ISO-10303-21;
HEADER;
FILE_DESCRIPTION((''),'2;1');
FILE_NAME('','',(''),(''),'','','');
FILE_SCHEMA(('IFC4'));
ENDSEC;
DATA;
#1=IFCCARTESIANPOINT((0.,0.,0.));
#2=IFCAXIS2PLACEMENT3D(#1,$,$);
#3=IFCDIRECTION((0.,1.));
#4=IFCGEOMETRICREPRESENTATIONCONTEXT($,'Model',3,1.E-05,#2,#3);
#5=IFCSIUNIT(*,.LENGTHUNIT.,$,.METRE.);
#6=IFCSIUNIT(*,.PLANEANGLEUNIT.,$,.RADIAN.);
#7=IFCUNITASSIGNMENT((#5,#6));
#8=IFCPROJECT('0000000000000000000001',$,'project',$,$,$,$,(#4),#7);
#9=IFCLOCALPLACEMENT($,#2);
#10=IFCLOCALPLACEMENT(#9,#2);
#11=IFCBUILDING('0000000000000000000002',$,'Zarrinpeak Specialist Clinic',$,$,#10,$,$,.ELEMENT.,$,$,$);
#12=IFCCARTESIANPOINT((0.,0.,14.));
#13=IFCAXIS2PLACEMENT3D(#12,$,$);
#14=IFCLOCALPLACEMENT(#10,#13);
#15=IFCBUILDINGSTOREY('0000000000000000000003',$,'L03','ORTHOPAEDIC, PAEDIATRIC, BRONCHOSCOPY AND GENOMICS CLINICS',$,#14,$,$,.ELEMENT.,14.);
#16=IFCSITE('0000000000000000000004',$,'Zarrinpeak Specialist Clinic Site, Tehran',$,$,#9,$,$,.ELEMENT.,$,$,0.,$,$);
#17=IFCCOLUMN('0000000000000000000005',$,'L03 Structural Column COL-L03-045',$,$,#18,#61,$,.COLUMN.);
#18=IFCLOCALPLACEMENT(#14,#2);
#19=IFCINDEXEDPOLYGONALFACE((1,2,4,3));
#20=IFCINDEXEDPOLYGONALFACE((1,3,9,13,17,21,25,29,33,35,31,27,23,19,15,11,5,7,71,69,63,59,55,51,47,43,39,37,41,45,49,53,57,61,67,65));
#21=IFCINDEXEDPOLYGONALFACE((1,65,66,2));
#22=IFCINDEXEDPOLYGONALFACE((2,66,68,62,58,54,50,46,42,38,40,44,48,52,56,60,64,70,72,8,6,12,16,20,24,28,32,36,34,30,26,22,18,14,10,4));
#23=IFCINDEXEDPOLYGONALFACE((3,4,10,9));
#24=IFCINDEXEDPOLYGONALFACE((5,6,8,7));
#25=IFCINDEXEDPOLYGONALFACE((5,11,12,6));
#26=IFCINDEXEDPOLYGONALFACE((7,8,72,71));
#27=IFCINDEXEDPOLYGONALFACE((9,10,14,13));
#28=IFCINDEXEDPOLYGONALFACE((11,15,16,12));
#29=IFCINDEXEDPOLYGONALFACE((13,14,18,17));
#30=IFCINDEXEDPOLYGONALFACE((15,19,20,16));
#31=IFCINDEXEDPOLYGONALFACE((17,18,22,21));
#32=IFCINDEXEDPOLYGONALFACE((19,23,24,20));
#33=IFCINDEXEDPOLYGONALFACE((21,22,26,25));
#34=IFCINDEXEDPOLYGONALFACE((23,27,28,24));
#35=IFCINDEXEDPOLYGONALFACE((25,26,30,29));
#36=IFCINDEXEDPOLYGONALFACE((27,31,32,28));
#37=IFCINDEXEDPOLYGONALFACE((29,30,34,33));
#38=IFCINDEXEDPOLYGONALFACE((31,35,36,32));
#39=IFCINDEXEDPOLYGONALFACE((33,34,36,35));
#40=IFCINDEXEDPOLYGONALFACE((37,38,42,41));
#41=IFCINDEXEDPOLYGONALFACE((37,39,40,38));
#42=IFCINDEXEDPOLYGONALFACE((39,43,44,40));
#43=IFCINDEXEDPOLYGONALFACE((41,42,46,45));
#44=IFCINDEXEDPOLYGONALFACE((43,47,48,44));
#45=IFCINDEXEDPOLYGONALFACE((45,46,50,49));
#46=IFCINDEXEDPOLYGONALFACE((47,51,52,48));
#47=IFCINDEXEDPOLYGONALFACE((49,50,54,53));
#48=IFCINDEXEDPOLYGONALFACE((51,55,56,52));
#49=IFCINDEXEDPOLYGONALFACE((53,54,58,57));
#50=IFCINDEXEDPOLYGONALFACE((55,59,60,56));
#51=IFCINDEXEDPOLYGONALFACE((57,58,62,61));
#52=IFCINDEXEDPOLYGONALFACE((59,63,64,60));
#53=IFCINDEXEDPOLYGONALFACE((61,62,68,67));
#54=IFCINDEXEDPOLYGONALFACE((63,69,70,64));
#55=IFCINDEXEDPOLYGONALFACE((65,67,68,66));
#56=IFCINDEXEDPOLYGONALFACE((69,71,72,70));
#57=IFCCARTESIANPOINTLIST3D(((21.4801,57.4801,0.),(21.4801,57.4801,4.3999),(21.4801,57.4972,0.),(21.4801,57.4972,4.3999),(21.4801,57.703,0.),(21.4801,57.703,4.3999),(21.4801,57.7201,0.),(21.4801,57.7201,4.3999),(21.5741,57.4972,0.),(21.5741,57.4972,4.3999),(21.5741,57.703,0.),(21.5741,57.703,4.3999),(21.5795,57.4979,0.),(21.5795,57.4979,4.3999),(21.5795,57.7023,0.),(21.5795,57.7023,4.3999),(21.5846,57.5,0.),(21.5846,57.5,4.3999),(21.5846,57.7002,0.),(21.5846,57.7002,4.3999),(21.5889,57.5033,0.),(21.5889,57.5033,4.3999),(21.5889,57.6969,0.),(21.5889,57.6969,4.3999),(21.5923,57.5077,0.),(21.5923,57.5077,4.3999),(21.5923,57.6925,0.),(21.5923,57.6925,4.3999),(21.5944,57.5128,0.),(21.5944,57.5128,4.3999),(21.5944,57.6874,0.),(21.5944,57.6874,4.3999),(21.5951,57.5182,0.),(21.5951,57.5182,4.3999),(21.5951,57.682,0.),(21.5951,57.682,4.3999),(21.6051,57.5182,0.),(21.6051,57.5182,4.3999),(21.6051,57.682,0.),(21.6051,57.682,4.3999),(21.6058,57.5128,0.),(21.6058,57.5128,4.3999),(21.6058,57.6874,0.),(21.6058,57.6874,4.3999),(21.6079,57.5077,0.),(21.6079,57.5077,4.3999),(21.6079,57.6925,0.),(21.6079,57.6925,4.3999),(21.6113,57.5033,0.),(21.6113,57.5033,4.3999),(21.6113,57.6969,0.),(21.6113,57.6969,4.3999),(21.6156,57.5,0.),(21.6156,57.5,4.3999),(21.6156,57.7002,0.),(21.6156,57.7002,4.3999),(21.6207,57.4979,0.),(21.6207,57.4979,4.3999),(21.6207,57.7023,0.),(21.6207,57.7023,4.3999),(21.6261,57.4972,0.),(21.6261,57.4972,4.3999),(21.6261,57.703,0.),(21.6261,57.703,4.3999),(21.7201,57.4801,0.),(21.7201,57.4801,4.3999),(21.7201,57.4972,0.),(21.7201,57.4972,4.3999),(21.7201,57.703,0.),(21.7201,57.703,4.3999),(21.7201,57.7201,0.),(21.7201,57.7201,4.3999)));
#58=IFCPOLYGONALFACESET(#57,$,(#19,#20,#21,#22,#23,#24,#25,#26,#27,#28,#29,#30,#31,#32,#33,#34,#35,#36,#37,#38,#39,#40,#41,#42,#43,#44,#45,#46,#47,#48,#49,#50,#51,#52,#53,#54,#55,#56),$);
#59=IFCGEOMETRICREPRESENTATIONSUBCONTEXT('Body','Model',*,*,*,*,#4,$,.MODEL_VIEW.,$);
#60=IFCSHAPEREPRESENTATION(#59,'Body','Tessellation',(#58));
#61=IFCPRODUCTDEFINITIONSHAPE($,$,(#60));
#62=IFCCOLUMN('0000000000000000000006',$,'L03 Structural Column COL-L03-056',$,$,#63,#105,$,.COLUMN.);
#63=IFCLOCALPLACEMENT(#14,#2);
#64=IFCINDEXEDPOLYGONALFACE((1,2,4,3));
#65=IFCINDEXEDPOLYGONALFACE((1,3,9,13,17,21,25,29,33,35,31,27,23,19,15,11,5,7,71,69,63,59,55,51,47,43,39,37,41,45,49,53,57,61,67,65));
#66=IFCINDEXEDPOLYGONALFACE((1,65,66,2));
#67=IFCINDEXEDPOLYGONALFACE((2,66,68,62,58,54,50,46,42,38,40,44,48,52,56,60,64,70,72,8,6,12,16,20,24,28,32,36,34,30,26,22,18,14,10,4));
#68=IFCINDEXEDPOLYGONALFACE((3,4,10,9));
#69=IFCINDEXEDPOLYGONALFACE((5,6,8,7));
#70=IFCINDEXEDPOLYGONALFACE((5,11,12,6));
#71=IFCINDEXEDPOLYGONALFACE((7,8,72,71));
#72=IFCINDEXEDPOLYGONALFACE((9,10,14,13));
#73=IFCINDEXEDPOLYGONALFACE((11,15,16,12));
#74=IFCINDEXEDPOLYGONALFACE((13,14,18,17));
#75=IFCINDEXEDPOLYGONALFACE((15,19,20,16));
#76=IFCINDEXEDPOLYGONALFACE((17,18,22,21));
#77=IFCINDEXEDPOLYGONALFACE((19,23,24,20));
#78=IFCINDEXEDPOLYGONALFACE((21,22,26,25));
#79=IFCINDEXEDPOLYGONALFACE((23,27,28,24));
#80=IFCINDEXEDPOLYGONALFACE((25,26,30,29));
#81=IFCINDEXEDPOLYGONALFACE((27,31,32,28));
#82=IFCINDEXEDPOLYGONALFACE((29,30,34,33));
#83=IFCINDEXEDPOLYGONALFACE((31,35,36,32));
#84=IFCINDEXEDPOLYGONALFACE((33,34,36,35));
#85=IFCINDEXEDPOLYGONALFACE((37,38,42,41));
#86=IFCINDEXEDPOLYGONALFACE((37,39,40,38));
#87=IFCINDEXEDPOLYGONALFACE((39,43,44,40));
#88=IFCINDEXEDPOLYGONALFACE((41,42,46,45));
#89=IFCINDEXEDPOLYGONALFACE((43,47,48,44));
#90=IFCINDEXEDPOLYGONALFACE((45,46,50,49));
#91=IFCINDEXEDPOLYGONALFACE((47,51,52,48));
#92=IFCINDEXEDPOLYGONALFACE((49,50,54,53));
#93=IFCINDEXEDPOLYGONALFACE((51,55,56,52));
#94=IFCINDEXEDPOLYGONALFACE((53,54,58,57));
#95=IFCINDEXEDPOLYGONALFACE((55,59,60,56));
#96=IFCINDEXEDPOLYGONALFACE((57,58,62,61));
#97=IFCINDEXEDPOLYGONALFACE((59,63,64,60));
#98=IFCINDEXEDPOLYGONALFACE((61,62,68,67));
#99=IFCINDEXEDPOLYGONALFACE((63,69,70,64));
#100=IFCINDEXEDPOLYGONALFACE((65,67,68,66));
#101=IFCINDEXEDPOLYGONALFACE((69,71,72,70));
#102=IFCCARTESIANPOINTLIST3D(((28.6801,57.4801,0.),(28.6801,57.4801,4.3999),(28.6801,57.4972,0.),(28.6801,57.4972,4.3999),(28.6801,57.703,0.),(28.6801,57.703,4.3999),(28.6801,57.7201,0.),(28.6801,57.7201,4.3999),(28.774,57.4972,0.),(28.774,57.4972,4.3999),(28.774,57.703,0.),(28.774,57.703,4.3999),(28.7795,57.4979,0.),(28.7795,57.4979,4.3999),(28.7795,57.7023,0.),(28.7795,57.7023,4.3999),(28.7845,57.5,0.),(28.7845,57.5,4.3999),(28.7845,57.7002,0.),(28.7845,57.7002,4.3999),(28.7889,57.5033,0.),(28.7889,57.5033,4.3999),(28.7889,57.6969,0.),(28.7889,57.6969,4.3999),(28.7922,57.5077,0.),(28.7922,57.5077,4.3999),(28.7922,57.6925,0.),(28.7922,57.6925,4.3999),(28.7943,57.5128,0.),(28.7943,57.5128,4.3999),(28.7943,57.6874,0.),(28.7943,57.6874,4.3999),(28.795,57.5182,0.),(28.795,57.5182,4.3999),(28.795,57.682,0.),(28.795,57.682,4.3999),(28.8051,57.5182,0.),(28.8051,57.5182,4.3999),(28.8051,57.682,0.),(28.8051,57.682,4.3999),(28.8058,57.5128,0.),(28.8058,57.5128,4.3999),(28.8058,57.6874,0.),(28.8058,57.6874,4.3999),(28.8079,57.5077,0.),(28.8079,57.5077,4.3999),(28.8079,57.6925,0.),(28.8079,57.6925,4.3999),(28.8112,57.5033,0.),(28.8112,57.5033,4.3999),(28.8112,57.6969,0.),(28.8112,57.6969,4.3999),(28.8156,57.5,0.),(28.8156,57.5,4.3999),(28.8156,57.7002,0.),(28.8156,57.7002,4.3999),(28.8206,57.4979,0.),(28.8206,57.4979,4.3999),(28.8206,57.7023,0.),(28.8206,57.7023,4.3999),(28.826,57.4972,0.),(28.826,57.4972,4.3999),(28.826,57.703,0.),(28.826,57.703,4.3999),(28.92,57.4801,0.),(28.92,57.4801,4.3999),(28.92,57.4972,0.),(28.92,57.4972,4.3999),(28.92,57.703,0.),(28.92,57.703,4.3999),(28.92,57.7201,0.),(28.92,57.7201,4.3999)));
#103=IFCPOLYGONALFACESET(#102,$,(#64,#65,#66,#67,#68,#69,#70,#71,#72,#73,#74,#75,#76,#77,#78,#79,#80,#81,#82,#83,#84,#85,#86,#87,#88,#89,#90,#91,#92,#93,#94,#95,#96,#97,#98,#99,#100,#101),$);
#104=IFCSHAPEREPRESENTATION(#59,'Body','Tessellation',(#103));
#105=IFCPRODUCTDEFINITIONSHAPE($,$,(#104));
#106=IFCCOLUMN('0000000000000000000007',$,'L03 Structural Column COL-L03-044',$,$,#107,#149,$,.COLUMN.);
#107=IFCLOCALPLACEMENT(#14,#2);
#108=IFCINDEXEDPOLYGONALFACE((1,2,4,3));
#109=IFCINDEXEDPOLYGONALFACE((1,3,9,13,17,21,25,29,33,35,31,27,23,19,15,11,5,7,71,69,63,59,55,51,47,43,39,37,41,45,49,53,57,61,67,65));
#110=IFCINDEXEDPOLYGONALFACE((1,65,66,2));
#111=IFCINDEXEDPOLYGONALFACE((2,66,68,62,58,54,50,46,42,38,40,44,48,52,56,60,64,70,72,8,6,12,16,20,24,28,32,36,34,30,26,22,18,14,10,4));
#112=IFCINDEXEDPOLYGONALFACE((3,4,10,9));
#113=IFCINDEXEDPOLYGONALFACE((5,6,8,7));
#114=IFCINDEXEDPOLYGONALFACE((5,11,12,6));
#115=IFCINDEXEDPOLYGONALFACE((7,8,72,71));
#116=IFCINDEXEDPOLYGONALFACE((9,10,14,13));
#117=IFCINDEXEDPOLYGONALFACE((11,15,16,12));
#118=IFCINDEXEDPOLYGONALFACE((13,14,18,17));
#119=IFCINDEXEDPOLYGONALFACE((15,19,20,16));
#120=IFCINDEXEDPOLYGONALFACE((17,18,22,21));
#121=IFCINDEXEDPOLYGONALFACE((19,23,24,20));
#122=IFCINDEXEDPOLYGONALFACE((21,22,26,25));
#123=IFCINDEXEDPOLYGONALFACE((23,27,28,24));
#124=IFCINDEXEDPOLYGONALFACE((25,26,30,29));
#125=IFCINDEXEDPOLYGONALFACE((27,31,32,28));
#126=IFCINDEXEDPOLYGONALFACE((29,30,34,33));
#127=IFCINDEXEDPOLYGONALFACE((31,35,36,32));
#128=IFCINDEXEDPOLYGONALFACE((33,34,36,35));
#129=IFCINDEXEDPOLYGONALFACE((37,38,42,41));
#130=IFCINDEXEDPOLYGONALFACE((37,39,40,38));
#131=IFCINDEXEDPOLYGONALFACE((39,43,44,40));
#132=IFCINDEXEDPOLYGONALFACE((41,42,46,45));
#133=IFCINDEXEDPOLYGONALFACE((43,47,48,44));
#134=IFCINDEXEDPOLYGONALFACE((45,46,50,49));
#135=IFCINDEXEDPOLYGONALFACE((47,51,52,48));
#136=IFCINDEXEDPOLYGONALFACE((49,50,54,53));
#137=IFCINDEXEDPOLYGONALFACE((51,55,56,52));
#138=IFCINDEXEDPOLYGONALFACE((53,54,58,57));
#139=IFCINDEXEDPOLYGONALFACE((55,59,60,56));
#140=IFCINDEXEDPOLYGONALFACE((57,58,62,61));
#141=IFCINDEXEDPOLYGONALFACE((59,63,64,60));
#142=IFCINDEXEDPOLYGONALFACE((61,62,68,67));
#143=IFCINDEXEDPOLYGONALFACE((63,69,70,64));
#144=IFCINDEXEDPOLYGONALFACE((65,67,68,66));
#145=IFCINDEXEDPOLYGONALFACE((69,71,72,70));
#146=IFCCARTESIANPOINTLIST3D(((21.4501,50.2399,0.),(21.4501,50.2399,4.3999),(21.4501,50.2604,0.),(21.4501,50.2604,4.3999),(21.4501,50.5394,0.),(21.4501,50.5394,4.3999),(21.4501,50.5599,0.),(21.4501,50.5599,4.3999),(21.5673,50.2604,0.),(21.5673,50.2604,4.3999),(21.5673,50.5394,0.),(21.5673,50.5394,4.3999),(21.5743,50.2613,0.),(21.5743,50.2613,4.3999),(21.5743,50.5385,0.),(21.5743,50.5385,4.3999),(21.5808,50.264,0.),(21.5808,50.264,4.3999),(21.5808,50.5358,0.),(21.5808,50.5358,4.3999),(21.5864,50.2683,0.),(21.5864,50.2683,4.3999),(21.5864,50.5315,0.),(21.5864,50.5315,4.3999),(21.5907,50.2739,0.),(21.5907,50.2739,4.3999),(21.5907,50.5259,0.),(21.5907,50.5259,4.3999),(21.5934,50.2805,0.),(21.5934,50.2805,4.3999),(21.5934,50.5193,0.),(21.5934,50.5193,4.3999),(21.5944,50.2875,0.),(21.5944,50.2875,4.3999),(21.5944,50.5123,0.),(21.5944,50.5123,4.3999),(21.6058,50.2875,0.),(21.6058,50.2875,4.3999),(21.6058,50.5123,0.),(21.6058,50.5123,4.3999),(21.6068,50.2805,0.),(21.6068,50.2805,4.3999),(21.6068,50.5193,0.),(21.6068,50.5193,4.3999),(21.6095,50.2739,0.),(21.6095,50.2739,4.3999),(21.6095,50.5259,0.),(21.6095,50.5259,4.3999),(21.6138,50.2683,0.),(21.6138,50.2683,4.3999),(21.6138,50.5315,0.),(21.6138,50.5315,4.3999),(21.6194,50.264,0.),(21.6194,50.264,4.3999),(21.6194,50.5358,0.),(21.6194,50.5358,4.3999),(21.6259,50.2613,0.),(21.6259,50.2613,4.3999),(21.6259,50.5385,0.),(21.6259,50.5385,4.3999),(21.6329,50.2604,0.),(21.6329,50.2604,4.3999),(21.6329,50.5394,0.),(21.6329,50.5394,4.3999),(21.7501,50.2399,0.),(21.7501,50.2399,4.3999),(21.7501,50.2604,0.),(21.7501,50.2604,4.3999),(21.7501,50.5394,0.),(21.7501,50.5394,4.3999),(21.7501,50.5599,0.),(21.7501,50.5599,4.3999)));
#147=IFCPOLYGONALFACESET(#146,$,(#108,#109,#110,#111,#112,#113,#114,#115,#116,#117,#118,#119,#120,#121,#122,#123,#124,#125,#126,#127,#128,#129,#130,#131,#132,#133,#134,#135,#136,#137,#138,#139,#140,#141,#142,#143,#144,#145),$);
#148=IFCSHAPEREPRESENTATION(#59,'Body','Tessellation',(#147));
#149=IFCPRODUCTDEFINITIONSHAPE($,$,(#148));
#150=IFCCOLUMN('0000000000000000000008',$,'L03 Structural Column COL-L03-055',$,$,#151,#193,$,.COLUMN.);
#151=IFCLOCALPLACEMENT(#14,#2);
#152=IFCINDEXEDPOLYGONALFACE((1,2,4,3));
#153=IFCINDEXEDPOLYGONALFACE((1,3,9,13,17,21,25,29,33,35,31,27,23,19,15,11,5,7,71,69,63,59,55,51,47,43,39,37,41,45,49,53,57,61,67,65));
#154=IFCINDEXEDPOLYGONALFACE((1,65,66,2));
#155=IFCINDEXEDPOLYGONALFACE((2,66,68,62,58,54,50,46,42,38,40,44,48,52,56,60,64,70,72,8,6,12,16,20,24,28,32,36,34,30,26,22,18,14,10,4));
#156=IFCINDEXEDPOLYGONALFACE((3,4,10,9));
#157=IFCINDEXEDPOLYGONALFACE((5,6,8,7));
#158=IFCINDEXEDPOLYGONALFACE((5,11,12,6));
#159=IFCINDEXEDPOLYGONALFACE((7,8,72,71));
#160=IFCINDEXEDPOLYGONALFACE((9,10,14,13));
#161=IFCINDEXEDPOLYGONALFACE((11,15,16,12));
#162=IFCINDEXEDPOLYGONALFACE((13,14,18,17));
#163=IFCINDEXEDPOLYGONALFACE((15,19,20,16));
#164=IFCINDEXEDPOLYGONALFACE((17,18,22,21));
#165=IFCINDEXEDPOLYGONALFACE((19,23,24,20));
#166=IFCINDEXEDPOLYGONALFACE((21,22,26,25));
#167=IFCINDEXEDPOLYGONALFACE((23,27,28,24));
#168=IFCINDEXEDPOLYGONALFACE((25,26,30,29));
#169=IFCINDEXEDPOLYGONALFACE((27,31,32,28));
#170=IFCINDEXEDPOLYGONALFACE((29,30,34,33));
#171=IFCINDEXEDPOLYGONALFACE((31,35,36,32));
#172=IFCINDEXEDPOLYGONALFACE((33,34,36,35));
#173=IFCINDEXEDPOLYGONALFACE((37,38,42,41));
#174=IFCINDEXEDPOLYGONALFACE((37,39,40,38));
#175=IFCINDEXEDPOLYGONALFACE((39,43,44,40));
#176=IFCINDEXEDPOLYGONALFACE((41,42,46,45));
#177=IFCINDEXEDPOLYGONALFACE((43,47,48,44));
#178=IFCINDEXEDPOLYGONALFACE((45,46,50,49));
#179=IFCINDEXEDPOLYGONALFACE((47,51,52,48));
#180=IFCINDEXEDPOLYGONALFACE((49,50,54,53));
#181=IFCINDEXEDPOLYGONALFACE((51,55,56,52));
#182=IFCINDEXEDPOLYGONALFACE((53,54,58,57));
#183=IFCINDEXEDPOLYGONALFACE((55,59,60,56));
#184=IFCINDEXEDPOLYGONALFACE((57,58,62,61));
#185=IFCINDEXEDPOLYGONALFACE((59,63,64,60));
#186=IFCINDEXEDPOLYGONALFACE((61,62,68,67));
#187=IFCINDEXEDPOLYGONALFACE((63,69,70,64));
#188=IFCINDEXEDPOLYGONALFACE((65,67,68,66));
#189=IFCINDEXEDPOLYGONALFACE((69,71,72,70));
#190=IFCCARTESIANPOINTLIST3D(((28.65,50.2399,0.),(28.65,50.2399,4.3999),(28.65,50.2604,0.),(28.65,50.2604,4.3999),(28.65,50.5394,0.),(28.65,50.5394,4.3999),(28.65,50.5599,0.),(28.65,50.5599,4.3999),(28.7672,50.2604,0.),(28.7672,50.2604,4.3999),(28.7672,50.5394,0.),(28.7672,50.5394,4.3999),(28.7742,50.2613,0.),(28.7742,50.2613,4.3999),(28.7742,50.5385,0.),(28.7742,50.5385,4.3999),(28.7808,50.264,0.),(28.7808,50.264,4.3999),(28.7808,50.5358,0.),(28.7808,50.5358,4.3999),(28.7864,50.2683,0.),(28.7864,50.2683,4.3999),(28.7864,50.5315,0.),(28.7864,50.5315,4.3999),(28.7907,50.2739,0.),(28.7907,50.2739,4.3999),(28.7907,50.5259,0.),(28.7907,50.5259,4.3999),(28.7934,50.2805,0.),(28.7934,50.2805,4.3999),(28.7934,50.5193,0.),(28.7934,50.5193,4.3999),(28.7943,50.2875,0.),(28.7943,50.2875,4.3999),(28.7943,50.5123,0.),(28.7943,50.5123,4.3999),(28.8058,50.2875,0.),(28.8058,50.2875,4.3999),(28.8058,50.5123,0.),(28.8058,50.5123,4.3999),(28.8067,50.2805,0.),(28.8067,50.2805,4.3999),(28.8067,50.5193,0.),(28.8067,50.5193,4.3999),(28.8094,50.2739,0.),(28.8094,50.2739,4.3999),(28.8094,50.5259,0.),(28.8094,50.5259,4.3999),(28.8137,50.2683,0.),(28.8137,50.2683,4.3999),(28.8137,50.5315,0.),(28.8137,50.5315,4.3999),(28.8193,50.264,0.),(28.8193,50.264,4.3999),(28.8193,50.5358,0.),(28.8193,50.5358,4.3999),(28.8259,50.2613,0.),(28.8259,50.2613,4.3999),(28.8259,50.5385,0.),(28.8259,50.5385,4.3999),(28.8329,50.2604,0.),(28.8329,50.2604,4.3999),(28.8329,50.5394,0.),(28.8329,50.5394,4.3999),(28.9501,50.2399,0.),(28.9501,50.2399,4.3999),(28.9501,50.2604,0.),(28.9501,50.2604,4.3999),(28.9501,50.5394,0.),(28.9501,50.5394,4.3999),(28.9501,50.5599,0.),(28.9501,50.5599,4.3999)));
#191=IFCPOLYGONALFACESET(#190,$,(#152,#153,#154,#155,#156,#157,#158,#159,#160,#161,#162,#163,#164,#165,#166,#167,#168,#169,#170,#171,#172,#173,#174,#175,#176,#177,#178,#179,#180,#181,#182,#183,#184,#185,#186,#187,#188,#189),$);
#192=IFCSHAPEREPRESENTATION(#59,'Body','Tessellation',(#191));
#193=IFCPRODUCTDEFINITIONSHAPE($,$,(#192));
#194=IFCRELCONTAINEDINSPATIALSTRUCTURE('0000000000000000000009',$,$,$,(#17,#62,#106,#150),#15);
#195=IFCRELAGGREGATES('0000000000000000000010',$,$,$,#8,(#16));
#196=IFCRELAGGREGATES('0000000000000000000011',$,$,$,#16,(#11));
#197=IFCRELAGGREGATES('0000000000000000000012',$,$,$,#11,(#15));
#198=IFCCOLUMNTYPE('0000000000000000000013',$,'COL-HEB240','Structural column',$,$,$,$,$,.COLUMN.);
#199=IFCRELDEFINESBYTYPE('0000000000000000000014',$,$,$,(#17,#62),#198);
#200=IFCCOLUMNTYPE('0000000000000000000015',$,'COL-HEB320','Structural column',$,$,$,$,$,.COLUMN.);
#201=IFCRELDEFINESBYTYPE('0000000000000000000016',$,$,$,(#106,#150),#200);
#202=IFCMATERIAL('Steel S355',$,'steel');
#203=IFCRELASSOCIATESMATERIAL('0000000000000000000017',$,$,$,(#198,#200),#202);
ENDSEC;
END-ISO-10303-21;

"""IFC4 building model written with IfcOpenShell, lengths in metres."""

from ifc_helpers import new_model, si_unit, direction, frame, origin, origin_2d, place, context, subcontext, project, spatial, i_section, extrude, material, material_profile, profile_set, type_object, element, save


model = new_model("IFC4")

# Units and contexts
model_context = context("Model", 3, precision=1e-05, world=origin(), true_north=direction((0.0, 1.0)))
body_context = subcontext(model_context, "Body", "Model", "MODEL_VIEW")
ifc_project = project(units=[si_unit("LENGTHUNIT", "METRE"), si_unit("PLANEANGLEUNIT", "RADIAN")], contexts=[model_context])

# Site, building, storey
site_placement = place(None, origin())
site = spatial("IfcSite", under=ifc_project, at=site_placement, Name="Zarrinpeak Specialist Clinic Site, Tehran", CompositionType="ELEMENT", RefElevation=0.0)
building_placement = place(site_placement, origin())
building = spatial("IfcBuilding", under=site, at=building_placement, Name="Zarrinpeak Specialist Clinic", CompositionType="ELEMENT")
storey_placement = place(building_placement, frame((0.0, 0.0, 14.0)))
storey = spatial("IfcBuildingStorey", under=building, at=storey_placement, Name="L03", Description="ORTHOPAEDIC, PAEDIATRIC, BRONCHOSCOPY AND GENOMICS CLINICS", CompositionType="ELEMENT", Elevation=14.0)

# Columns
ifc_material_1 = material(Name="Steel S355", Category="steel")
ifc_material_profile_1 = material_profile(ifc_material_1, i_section(OverallWidth=0.24, OverallDepth=0.24, WebThickness=0.01, FlangeThickness=0.0171, FilletRadius=0.021, at=origin_2d()), Name="HEB 240")
ifc_profile_set_1 = profile_set([ifc_material_profile_1], Name="Steel S355")
column_type_1 = type_object("IfcColumnType", Name="COL-HEB240", Description="Structural column", PredefinedType="COLUMN", material=ifc_profile_set_1)
for number, where, z_axis, x_axis, name in (
    (1, (21.6001, 57.6001, 0.0), (0.0, 0.0, 1.0), (1.0, 0.0, 0.0), "L03 Structural Column COL-L03-045"),
    (2, (28.8, 57.6001, 0.0), (0.0, 0.0, 1.0), (1.0, 0.0, 0.0), "L03 Structural Column COL-L03-056"),
):
    element("IfcColumn", number, at=place(storey_placement, frame(where, z_axis=z_axis, x_axis=x_axis)), inside=storey, type_object=column_type_1, Name=name, PredefinedType="COLUMN", context=body_context, shape_type="SweptSolid", body=[
        extrude(i_section(OverallWidth=0.24, OverallDepth=0.24, WebThickness=0.01, FlangeThickness=0.0171, FilletRadius=0.021, at=origin_2d()), origin(), (0.0, 0.0, 1.0), 4.3999),
    ])
ifc_material_profile_2 = material_profile(ifc_material_1, i_section(OverallWidth=0.3, OverallDepth=0.3201, WebThickness=0.0115, FlangeThickness=0.0205, FilletRadius=0.0271, at=origin_2d()), Name="HEB 320")
ifc_profile_set_2 = profile_set([ifc_material_profile_2], Name="Steel S355")
column_type_2 = type_object("IfcColumnType", Name="COL-HEB320", Description="Structural column", PredefinedType="COLUMN", material=ifc_profile_set_2)
for number, where, z_axis, x_axis, name in (
    (3, (21.6001, 50.3999, 0.0), (0.0, 0.0, 1.0), (1.0, 0.0, 0.0), "L03 Structural Column COL-L03-044"),
    (4, (28.8, 50.3999, 0.0), (0.0, 0.0, 1.0), (1.0, 0.0, 0.0), "L03 Structural Column COL-L03-055"),
):
    element("IfcColumn", number, at=place(storey_placement, frame(where, z_axis=z_axis, x_axis=x_axis)), inside=storey, type_object=column_type_2, Name=name, PredefinedType="COLUMN", context=body_context, shape_type="SweptSolid", body=[
        extrude(i_section(OverallWidth=0.3, OverallDepth=0.3201, WebThickness=0.0115, FlangeThickness=0.0205, FilletRadius=0.0271, at=origin_2d()), origin(), (0.0, 0.0, 1.0), 4.3999),
    ])

save(model, "model.ifc")
